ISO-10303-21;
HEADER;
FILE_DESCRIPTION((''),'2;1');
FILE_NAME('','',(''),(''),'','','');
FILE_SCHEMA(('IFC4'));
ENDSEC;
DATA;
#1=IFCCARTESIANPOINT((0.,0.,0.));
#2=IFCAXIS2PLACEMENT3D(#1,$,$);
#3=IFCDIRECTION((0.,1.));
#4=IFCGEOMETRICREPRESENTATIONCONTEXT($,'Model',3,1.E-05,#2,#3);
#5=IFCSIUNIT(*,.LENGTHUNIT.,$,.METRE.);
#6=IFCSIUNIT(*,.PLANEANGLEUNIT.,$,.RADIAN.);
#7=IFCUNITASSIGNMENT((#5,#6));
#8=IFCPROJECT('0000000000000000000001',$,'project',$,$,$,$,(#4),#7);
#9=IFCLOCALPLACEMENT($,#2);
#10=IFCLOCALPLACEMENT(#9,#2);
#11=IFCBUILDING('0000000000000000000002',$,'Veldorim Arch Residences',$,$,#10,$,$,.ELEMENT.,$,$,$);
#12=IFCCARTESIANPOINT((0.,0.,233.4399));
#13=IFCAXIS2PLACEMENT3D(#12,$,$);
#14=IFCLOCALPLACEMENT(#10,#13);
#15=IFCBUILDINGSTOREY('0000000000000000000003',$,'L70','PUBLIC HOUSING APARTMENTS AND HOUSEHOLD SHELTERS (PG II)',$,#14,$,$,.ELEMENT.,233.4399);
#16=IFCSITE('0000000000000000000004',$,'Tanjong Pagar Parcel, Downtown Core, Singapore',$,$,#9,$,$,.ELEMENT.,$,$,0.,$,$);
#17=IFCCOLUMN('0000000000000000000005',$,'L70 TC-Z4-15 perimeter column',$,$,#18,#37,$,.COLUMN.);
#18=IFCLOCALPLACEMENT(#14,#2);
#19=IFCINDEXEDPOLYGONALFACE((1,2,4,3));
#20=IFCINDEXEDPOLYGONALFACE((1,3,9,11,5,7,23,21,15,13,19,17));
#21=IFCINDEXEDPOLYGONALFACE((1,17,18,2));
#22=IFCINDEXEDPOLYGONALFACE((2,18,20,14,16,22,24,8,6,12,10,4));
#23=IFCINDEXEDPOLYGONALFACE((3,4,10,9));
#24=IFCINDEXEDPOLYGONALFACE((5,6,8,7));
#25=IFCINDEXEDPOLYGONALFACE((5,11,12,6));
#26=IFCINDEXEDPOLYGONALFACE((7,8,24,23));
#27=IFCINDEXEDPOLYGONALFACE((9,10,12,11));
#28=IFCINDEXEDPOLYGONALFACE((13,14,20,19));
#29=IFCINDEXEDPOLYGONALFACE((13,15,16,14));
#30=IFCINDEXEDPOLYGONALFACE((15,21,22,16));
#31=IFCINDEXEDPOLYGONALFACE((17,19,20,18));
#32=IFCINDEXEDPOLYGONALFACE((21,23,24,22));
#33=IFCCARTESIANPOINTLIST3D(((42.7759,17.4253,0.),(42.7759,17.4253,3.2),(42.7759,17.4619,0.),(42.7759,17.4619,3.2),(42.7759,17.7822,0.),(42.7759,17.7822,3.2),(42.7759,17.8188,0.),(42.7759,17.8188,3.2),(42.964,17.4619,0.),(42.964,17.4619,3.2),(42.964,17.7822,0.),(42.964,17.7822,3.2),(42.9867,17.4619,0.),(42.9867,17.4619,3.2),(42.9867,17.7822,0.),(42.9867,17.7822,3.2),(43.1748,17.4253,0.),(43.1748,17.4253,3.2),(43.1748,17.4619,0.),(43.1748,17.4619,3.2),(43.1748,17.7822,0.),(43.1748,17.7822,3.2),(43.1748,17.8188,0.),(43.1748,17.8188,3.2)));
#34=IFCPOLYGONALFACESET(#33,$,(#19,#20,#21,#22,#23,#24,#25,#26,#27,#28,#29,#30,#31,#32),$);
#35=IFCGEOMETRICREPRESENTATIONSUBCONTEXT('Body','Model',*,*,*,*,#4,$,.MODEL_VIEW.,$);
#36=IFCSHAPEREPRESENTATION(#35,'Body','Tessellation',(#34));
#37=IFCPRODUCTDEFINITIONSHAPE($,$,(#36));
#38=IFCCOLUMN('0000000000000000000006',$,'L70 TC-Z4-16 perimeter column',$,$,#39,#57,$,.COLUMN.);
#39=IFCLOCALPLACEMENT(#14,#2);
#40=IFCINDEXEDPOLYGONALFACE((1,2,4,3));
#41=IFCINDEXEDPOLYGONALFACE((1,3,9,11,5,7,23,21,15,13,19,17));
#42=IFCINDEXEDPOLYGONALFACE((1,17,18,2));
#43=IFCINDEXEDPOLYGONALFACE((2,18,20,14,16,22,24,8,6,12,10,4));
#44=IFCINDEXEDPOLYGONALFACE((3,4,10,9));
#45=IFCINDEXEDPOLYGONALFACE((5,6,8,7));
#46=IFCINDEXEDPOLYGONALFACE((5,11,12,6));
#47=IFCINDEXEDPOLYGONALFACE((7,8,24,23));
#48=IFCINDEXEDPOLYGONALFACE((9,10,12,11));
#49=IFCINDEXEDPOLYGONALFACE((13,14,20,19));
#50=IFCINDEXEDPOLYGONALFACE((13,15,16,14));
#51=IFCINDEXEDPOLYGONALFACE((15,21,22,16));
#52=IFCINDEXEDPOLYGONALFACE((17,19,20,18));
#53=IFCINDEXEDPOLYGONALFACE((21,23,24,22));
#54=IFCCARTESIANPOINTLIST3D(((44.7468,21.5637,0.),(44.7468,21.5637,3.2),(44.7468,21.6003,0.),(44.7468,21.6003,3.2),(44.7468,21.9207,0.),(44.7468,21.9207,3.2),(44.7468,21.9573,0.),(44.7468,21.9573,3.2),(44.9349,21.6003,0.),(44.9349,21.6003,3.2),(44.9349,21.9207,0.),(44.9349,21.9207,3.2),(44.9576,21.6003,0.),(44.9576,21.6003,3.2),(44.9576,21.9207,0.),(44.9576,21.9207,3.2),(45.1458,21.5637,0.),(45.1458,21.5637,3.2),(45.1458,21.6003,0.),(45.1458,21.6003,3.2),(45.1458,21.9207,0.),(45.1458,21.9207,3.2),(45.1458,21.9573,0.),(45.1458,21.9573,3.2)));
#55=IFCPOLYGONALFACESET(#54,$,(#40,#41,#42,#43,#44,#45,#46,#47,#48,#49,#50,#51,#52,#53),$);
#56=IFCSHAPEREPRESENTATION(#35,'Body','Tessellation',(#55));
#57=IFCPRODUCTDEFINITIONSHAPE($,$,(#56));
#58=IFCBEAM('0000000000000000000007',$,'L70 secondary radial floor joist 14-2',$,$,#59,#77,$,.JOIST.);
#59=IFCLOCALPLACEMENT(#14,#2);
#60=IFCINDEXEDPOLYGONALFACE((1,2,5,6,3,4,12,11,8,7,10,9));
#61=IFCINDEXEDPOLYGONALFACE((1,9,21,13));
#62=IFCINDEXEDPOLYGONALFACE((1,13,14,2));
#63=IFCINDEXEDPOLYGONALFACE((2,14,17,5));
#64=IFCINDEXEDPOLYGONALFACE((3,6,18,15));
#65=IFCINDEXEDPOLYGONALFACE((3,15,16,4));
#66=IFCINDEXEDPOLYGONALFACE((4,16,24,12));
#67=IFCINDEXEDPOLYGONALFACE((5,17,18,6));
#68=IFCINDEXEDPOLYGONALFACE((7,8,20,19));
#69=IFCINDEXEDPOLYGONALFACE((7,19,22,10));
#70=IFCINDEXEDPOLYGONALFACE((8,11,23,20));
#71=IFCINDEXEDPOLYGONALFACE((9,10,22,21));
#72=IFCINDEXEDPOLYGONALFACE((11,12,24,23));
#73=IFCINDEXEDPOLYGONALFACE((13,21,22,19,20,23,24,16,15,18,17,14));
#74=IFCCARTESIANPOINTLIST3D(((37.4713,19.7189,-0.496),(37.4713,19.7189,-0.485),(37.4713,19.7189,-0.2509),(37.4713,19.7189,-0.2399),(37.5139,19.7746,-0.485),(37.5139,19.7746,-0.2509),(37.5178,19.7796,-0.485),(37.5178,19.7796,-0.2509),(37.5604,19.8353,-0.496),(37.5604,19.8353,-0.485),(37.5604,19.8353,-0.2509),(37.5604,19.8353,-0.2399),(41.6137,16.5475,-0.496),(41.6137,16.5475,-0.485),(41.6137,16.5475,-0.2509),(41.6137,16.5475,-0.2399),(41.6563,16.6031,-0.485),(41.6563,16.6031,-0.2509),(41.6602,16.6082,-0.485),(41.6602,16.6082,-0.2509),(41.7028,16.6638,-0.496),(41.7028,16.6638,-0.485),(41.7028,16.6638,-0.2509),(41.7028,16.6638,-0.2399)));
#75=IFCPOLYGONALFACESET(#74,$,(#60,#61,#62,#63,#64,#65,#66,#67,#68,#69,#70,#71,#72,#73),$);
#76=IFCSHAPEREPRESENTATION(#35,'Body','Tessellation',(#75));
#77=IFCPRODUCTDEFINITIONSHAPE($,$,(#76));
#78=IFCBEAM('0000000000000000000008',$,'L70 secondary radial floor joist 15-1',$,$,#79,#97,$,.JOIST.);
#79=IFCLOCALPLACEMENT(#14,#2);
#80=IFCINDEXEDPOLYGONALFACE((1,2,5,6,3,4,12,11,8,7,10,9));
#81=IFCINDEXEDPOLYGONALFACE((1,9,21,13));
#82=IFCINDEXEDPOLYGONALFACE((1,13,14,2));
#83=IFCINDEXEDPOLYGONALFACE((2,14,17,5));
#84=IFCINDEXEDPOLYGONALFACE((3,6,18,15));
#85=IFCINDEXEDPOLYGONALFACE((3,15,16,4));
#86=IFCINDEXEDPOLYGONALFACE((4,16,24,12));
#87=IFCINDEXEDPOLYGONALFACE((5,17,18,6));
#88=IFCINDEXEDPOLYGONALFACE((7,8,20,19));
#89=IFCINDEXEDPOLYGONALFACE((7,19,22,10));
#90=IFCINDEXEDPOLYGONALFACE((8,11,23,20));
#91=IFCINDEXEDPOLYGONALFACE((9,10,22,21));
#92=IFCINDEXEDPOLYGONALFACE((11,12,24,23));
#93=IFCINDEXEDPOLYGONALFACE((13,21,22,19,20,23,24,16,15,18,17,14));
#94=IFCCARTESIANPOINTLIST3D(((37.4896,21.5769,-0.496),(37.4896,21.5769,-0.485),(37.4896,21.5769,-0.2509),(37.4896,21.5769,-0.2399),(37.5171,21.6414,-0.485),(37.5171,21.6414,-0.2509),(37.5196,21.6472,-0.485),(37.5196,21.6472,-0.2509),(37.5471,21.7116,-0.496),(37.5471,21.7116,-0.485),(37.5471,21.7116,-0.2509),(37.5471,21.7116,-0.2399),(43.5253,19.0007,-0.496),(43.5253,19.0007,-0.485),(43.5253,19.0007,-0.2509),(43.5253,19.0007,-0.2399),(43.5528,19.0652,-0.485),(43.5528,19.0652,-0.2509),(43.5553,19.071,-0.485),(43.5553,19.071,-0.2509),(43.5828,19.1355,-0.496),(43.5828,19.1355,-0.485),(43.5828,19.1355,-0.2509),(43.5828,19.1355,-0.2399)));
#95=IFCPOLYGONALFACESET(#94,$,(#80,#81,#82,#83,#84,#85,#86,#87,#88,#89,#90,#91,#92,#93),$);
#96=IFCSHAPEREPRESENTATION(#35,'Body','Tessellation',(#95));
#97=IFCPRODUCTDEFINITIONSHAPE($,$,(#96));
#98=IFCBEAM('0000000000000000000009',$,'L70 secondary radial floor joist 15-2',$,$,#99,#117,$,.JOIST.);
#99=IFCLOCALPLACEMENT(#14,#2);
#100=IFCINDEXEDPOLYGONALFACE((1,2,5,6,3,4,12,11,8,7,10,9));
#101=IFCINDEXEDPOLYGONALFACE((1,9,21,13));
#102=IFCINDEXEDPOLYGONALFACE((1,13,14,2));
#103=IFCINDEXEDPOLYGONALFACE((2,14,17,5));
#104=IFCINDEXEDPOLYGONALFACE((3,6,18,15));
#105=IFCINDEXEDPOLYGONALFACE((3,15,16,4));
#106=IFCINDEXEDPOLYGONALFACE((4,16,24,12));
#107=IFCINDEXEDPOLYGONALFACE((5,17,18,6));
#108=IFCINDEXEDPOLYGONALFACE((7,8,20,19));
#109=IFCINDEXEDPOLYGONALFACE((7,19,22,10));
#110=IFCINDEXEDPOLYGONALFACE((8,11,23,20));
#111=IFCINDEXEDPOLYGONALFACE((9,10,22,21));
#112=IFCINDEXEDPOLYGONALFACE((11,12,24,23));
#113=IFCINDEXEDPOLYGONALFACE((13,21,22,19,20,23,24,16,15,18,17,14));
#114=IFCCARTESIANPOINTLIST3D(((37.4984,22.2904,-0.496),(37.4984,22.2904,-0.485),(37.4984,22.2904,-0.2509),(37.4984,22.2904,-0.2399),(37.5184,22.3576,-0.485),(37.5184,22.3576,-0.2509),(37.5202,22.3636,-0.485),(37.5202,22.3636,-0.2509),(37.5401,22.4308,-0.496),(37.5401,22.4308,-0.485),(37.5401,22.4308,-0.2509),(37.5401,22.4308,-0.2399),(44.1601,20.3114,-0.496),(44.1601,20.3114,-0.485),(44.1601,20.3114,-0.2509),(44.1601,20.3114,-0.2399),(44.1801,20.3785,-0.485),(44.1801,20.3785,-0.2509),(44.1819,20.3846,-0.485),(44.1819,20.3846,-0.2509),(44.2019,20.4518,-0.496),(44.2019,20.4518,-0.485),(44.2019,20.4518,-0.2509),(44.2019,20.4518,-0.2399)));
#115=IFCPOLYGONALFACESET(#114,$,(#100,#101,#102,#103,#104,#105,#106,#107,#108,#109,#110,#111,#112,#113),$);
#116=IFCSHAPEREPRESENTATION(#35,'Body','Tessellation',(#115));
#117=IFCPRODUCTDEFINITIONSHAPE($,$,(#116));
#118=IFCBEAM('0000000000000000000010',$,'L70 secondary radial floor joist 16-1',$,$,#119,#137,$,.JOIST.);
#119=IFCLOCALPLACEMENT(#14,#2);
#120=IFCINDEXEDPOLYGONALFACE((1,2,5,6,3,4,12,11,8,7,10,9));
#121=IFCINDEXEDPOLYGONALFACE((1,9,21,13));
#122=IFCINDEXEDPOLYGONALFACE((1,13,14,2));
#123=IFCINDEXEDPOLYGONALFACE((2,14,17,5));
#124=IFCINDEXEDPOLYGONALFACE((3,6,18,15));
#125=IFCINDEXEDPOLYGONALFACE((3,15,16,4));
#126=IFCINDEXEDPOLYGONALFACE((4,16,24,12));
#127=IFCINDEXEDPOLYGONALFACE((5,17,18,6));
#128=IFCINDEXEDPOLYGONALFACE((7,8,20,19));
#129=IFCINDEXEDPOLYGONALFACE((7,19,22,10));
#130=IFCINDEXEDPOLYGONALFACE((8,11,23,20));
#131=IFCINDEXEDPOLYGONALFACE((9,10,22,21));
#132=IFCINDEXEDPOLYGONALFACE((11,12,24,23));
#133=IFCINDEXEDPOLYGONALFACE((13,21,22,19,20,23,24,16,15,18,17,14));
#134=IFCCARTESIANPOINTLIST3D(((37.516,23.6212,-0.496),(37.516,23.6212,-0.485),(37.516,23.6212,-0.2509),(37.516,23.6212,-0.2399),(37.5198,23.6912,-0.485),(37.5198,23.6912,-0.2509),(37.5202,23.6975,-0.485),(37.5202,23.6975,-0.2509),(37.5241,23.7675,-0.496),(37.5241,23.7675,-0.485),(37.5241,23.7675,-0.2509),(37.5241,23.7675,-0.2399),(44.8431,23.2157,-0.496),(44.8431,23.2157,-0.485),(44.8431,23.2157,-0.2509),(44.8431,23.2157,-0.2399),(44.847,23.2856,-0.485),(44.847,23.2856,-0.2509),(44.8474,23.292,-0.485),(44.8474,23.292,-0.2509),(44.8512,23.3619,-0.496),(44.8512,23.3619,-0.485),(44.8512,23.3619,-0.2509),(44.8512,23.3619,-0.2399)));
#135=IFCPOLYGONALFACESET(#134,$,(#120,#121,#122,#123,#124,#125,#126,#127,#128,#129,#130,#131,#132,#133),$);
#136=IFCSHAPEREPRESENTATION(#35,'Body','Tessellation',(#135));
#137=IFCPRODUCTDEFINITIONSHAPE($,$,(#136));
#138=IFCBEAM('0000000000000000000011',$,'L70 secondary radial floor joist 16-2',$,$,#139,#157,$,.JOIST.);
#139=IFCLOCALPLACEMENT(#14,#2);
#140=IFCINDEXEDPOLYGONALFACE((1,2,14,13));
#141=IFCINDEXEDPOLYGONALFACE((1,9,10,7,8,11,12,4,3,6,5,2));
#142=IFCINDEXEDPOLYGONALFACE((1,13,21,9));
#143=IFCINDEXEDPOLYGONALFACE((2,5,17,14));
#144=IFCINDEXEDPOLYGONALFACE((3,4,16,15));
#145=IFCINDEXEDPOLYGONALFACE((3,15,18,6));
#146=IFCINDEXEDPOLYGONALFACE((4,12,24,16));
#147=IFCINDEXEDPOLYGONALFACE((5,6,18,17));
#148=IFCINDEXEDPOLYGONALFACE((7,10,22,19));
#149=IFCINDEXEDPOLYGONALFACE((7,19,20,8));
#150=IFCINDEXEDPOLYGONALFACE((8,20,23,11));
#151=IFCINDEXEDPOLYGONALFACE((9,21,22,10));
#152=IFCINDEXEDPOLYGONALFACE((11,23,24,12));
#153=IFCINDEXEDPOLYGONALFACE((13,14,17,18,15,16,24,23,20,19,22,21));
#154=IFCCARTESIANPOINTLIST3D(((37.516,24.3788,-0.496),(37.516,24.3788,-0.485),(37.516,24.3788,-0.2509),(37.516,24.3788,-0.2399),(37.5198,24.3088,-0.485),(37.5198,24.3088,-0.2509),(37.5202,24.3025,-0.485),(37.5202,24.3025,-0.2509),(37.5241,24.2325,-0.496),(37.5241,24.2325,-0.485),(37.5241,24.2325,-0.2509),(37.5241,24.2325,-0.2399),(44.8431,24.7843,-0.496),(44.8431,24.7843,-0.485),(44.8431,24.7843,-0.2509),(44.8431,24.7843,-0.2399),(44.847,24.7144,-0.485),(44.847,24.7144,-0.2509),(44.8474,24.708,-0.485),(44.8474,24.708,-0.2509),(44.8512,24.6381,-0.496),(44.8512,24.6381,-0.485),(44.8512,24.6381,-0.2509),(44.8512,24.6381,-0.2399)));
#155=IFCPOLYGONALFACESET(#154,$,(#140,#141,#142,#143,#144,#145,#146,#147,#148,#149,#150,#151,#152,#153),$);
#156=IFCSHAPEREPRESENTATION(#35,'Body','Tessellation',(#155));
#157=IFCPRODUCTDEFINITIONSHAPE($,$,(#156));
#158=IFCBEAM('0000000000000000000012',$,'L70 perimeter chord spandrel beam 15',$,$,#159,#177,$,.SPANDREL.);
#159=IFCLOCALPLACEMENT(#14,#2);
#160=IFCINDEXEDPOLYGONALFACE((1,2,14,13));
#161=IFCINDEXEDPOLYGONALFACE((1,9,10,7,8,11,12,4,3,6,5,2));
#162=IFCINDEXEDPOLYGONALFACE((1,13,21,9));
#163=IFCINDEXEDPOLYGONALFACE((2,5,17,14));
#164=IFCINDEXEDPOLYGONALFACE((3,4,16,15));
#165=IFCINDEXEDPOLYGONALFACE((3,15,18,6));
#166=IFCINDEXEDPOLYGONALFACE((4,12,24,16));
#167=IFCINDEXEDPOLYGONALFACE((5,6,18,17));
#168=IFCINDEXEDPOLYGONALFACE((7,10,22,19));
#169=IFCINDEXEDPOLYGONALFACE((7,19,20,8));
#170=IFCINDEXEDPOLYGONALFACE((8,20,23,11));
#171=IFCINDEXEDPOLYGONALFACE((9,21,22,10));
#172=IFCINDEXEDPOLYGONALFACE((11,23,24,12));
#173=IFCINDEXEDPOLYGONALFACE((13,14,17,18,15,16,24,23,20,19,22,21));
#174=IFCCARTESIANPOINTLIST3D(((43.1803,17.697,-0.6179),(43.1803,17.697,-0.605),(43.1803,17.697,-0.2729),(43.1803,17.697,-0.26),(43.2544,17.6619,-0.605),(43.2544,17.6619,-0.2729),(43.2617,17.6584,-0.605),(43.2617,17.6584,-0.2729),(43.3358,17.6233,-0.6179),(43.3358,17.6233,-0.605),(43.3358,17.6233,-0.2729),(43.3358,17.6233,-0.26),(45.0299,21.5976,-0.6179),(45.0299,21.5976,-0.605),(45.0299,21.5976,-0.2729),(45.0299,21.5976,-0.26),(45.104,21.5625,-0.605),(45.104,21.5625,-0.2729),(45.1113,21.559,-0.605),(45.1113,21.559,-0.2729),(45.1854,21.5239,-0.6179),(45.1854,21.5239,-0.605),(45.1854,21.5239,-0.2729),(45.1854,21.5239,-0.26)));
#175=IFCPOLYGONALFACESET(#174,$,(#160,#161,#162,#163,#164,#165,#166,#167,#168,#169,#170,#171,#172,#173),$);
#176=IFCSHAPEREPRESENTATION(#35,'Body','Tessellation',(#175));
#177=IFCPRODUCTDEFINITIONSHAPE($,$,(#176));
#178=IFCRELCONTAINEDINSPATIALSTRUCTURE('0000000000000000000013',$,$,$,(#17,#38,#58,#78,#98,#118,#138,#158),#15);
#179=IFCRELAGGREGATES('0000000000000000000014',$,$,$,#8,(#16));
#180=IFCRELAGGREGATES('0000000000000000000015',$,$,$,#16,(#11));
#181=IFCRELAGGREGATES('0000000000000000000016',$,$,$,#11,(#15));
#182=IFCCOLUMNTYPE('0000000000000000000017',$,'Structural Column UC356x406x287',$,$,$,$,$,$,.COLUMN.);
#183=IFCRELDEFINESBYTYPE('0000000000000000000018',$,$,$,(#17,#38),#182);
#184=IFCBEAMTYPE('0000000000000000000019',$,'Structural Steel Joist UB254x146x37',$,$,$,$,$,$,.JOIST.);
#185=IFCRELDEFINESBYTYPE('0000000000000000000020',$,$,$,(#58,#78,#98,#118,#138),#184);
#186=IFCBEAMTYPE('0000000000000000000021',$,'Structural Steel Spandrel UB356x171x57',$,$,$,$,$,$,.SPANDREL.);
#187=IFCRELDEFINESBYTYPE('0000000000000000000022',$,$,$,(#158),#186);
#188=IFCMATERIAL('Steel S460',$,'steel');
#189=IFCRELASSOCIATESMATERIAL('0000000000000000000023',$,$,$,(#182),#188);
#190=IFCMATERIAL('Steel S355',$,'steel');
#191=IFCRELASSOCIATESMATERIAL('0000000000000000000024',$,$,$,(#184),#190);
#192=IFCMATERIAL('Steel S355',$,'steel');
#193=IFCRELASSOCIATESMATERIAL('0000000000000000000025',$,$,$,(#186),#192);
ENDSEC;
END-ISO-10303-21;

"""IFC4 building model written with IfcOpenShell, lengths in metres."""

from ifc_helpers import new_model, si_unit, direction, frame, origin, origin_2d, place, context, subcontext, project, spatial, i_section, extrude, material, material_profile, profile_set, type_object, element, save


model = new_model("IFC4")

# Units and contexts
model_context = context("Model", 3, precision=1e-05, world=origin(), true_north=direction((0.0, 1.0)))
body_context = subcontext(model_context, "Body", "Model", "MODEL_VIEW")
ifc_project = project(units=[si_unit("LENGTHUNIT", "METRE"), si_unit("PLANEANGLEUNIT", "RADIAN")], contexts=[model_context])

# Site, building, storey
site_placement = place(None, origin())
site = spatial("IfcSite", under=ifc_project, at=site_placement, Name="Tanjong Pagar Parcel, Downtown Core, Singapore", CompositionType="ELEMENT", RefElevation=0.0)
building_placement = place(site_placement, origin())
building = spatial("IfcBuilding", under=site, at=building_placement, Name="Veldorim Arch Residences", CompositionType="ELEMENT")
storey_placement = place(building_placement, frame((0.0, 0.0, 233.4399)))
storey = spatial("IfcBuildingStorey", under=building, at=storey_placement, Name="L70", Description="PUBLIC HOUSING APARTMENTS AND HOUSEHOLD SHELTERS (PG II)", CompositionType="ELEMENT", Elevation=233.4399)

# Columns
ifc_material_1 = material(Name="Steel S460", Category="steel")
ifc_material_profile_1 = material_profile(ifc_material_1, i_section(OverallWidth=0.3989, OverallDepth=0.3936, WebThickness=0.0227, FlangeThickness=0.0366, at=origin_2d()), Name="UC356x406x287")
ifc_profile_set_1 = profile_set([ifc_material_profile_1], Name="Steel S460")
column_type = type_object("IfcColumnType", Name="Structural Column UC356x406x287", PredefinedType="COLUMN", material=ifc_profile_set_1)
for number, where, z_axis, x_axis, name in (
    (1, (42.9753, 17.6221, 0.0), (0.0, 0.0, 1.0), (1.0, 0.0, 0.0), "L70 TC-Z4-15 perimeter column"),
    (2, (44.9463, 21.7605, 0.0), (0.0, 0.0, 1.0), (1.0, 0.0, 0.0), "L70 TC-Z4-16 perimeter column"),
):
    element("IfcColumn", number, at=place(storey_placement, frame(where, z_axis=z_axis, x_axis=x_axis)), inside=storey, type_object=column_type, Name=name, PredefinedType="COLUMN", context=body_context, shape_type="SweptSolid", body=[
        extrude(i_section(OverallWidth=0.3989, OverallDepth=0.3936, WebThickness=0.0227, FlangeThickness=0.0366, at=origin_2d()), origin(), (0.0, 0.0, 1.0), 3.2),
    ])

# Beams
ifc_material_2 = material(Name="Steel S355", Category="steel")
ifc_material_profile_2 = material_profile(ifc_material_2, i_section(OverallWidth=0.1465, OverallDepth=0.2561, WebThickness=0.0063, FlangeThickness=0.011, at=origin_2d()), Name="UB254x146x37")
ifc_profile_set_2 = profile_set([ifc_material_profile_2], Name="Steel S355")
beam_type_1 = type_object("IfcBeamType", Name="Structural Steel Joist UB254x146x37", PredefinedType="JOIST", material=ifc_profile_set_2)
beam_1_placement = place(storey_placement, frame((37.5159, 19.7771, -0.3679), z_axis=(0.794014, -0.6079, 0.0), x_axis=(0.6079, 0.794014, 0.0)))
element("IfcBeam", 3, at=beam_1_placement, inside=storey, type_object=beam_type_1, Name="L70 secondary radial floor joist 14-2", PredefinedType="JOIST", context=body_context, shape_type="SweptSolid", body=[
    extrude(i_section(OverallWidth=0.1465, OverallDepth=0.2561, WebThickness=0.0063, FlangeThickness=0.011, at=origin_2d()), origin(), (0.0, 0.0, 1.0), 5.217),
])
beam_2_placement = place(storey_placement, frame((37.5183, 21.6443, -0.3679), z_axis=(0.919725, -0.392563, 0.0), x_axis=(0.392563, 0.919725, 0.0)))
element("IfcBeam", 4, at=beam_2_placement, inside=storey, type_object=beam_type_1, Name="L70 secondary radial floor joist 15-1", PredefinedType="JOIST", context=body_context, shape_type="SweptSolid", body=[
    extrude(i_section(OverallWidth=0.1465, OverallDepth=0.2561, WebThickness=0.0063, FlangeThickness=0.011, at=origin_2d()), origin(), (0.0, 0.0, 1.0), 6.5625),
])
beam_3_placement = place(storey_placement, frame((37.5193, 22.3606, -0.3679), z_axis=(0.958594, -0.284775, 0.0), x_axis=(0.284775, 0.958594, 0.0)))
element("IfcBeam", 5, at=beam_3_placement, inside=storey, type_object=beam_type_1, Name="L70 secondary radial floor joist 15-2", PredefinedType="JOIST", context=body_context, shape_type="SweptSolid", body=[
    extrude(i_section(OverallWidth=0.1465, OverallDepth=0.2561, WebThickness=0.0063, FlangeThickness=0.011, at=origin_2d()), origin(), (0.0, 0.0, 1.0), 6.9495),
])
for number, where, z_axis, x_axis, name in (
    (6, (37.52, 23.6943, -0.3679), (0.998472, -0.05526, 0.0), (0.05526, 0.998472, 0.0), "L70 secondary radial floor joist 16-1"),
    (7, (37.52, 24.3057, -0.3679), (0.998472, 0.05526, 0.0), (-0.05526, 0.998472, 0.0), "L70 secondary radial floor joist 16-2"),
):
    element("IfcBeam", number, at=place(storey_placement, frame(where, z_axis=z_axis, x_axis=x_axis)), inside=storey, type_object=beam_type_1, Name=name, PredefinedType="JOIST", context=body_context, shape_type="SweptSolid", body=[
        extrude(i_section(OverallWidth=0.1465, OverallDepth=0.2561, WebThickness=0.0063, FlangeThickness=0.011, at=origin_2d()), origin(), (0.0, 0.0, 1.0), 7.3384),
    ])
ifc_material_3 = material(Name="Steel S355", Category="steel")
ifc_material_profile_3 = material_profile(ifc_material_3, i_section(OverallWidth=0.1721, OverallDepth=0.3579, WebThickness=0.0081, FlangeThickness=0.0129, at=origin_2d()), Name="UB356x171x57")
ifc_profile_set_3 = profile_set([ifc_material_profile_3], Name="Steel S355")
beam_type_2 = type_object("IfcBeamType", Name="Structural Steel Spandrel UB356x171x57", PredefinedType="SPANDREL", material=ifc_profile_set_3)
beam_4_placement = place(storey_placement, frame((43.2581, 17.6602, -0.439), z_axis=(0.428453, 0.903564, 0.0), x_axis=(-0.903564, 0.428453, 0.0)))
element("IfcBeam", 8, at=beam_4_placement, inside=storey, type_object=beam_type_2, Name="L70 perimeter chord spandrel beam 15", PredefinedType="SPANDREL", context=body_context, shape_type="SweptSolid", body=[
    extrude(i_section(OverallWidth=0.1721, OverallDepth=0.3579, WebThickness=0.0081, FlangeThickness=0.0129, at=origin_2d()), origin(), (0.0, 0.0, 1.0), 4.3169),
])

save(model, "model.ifc")
